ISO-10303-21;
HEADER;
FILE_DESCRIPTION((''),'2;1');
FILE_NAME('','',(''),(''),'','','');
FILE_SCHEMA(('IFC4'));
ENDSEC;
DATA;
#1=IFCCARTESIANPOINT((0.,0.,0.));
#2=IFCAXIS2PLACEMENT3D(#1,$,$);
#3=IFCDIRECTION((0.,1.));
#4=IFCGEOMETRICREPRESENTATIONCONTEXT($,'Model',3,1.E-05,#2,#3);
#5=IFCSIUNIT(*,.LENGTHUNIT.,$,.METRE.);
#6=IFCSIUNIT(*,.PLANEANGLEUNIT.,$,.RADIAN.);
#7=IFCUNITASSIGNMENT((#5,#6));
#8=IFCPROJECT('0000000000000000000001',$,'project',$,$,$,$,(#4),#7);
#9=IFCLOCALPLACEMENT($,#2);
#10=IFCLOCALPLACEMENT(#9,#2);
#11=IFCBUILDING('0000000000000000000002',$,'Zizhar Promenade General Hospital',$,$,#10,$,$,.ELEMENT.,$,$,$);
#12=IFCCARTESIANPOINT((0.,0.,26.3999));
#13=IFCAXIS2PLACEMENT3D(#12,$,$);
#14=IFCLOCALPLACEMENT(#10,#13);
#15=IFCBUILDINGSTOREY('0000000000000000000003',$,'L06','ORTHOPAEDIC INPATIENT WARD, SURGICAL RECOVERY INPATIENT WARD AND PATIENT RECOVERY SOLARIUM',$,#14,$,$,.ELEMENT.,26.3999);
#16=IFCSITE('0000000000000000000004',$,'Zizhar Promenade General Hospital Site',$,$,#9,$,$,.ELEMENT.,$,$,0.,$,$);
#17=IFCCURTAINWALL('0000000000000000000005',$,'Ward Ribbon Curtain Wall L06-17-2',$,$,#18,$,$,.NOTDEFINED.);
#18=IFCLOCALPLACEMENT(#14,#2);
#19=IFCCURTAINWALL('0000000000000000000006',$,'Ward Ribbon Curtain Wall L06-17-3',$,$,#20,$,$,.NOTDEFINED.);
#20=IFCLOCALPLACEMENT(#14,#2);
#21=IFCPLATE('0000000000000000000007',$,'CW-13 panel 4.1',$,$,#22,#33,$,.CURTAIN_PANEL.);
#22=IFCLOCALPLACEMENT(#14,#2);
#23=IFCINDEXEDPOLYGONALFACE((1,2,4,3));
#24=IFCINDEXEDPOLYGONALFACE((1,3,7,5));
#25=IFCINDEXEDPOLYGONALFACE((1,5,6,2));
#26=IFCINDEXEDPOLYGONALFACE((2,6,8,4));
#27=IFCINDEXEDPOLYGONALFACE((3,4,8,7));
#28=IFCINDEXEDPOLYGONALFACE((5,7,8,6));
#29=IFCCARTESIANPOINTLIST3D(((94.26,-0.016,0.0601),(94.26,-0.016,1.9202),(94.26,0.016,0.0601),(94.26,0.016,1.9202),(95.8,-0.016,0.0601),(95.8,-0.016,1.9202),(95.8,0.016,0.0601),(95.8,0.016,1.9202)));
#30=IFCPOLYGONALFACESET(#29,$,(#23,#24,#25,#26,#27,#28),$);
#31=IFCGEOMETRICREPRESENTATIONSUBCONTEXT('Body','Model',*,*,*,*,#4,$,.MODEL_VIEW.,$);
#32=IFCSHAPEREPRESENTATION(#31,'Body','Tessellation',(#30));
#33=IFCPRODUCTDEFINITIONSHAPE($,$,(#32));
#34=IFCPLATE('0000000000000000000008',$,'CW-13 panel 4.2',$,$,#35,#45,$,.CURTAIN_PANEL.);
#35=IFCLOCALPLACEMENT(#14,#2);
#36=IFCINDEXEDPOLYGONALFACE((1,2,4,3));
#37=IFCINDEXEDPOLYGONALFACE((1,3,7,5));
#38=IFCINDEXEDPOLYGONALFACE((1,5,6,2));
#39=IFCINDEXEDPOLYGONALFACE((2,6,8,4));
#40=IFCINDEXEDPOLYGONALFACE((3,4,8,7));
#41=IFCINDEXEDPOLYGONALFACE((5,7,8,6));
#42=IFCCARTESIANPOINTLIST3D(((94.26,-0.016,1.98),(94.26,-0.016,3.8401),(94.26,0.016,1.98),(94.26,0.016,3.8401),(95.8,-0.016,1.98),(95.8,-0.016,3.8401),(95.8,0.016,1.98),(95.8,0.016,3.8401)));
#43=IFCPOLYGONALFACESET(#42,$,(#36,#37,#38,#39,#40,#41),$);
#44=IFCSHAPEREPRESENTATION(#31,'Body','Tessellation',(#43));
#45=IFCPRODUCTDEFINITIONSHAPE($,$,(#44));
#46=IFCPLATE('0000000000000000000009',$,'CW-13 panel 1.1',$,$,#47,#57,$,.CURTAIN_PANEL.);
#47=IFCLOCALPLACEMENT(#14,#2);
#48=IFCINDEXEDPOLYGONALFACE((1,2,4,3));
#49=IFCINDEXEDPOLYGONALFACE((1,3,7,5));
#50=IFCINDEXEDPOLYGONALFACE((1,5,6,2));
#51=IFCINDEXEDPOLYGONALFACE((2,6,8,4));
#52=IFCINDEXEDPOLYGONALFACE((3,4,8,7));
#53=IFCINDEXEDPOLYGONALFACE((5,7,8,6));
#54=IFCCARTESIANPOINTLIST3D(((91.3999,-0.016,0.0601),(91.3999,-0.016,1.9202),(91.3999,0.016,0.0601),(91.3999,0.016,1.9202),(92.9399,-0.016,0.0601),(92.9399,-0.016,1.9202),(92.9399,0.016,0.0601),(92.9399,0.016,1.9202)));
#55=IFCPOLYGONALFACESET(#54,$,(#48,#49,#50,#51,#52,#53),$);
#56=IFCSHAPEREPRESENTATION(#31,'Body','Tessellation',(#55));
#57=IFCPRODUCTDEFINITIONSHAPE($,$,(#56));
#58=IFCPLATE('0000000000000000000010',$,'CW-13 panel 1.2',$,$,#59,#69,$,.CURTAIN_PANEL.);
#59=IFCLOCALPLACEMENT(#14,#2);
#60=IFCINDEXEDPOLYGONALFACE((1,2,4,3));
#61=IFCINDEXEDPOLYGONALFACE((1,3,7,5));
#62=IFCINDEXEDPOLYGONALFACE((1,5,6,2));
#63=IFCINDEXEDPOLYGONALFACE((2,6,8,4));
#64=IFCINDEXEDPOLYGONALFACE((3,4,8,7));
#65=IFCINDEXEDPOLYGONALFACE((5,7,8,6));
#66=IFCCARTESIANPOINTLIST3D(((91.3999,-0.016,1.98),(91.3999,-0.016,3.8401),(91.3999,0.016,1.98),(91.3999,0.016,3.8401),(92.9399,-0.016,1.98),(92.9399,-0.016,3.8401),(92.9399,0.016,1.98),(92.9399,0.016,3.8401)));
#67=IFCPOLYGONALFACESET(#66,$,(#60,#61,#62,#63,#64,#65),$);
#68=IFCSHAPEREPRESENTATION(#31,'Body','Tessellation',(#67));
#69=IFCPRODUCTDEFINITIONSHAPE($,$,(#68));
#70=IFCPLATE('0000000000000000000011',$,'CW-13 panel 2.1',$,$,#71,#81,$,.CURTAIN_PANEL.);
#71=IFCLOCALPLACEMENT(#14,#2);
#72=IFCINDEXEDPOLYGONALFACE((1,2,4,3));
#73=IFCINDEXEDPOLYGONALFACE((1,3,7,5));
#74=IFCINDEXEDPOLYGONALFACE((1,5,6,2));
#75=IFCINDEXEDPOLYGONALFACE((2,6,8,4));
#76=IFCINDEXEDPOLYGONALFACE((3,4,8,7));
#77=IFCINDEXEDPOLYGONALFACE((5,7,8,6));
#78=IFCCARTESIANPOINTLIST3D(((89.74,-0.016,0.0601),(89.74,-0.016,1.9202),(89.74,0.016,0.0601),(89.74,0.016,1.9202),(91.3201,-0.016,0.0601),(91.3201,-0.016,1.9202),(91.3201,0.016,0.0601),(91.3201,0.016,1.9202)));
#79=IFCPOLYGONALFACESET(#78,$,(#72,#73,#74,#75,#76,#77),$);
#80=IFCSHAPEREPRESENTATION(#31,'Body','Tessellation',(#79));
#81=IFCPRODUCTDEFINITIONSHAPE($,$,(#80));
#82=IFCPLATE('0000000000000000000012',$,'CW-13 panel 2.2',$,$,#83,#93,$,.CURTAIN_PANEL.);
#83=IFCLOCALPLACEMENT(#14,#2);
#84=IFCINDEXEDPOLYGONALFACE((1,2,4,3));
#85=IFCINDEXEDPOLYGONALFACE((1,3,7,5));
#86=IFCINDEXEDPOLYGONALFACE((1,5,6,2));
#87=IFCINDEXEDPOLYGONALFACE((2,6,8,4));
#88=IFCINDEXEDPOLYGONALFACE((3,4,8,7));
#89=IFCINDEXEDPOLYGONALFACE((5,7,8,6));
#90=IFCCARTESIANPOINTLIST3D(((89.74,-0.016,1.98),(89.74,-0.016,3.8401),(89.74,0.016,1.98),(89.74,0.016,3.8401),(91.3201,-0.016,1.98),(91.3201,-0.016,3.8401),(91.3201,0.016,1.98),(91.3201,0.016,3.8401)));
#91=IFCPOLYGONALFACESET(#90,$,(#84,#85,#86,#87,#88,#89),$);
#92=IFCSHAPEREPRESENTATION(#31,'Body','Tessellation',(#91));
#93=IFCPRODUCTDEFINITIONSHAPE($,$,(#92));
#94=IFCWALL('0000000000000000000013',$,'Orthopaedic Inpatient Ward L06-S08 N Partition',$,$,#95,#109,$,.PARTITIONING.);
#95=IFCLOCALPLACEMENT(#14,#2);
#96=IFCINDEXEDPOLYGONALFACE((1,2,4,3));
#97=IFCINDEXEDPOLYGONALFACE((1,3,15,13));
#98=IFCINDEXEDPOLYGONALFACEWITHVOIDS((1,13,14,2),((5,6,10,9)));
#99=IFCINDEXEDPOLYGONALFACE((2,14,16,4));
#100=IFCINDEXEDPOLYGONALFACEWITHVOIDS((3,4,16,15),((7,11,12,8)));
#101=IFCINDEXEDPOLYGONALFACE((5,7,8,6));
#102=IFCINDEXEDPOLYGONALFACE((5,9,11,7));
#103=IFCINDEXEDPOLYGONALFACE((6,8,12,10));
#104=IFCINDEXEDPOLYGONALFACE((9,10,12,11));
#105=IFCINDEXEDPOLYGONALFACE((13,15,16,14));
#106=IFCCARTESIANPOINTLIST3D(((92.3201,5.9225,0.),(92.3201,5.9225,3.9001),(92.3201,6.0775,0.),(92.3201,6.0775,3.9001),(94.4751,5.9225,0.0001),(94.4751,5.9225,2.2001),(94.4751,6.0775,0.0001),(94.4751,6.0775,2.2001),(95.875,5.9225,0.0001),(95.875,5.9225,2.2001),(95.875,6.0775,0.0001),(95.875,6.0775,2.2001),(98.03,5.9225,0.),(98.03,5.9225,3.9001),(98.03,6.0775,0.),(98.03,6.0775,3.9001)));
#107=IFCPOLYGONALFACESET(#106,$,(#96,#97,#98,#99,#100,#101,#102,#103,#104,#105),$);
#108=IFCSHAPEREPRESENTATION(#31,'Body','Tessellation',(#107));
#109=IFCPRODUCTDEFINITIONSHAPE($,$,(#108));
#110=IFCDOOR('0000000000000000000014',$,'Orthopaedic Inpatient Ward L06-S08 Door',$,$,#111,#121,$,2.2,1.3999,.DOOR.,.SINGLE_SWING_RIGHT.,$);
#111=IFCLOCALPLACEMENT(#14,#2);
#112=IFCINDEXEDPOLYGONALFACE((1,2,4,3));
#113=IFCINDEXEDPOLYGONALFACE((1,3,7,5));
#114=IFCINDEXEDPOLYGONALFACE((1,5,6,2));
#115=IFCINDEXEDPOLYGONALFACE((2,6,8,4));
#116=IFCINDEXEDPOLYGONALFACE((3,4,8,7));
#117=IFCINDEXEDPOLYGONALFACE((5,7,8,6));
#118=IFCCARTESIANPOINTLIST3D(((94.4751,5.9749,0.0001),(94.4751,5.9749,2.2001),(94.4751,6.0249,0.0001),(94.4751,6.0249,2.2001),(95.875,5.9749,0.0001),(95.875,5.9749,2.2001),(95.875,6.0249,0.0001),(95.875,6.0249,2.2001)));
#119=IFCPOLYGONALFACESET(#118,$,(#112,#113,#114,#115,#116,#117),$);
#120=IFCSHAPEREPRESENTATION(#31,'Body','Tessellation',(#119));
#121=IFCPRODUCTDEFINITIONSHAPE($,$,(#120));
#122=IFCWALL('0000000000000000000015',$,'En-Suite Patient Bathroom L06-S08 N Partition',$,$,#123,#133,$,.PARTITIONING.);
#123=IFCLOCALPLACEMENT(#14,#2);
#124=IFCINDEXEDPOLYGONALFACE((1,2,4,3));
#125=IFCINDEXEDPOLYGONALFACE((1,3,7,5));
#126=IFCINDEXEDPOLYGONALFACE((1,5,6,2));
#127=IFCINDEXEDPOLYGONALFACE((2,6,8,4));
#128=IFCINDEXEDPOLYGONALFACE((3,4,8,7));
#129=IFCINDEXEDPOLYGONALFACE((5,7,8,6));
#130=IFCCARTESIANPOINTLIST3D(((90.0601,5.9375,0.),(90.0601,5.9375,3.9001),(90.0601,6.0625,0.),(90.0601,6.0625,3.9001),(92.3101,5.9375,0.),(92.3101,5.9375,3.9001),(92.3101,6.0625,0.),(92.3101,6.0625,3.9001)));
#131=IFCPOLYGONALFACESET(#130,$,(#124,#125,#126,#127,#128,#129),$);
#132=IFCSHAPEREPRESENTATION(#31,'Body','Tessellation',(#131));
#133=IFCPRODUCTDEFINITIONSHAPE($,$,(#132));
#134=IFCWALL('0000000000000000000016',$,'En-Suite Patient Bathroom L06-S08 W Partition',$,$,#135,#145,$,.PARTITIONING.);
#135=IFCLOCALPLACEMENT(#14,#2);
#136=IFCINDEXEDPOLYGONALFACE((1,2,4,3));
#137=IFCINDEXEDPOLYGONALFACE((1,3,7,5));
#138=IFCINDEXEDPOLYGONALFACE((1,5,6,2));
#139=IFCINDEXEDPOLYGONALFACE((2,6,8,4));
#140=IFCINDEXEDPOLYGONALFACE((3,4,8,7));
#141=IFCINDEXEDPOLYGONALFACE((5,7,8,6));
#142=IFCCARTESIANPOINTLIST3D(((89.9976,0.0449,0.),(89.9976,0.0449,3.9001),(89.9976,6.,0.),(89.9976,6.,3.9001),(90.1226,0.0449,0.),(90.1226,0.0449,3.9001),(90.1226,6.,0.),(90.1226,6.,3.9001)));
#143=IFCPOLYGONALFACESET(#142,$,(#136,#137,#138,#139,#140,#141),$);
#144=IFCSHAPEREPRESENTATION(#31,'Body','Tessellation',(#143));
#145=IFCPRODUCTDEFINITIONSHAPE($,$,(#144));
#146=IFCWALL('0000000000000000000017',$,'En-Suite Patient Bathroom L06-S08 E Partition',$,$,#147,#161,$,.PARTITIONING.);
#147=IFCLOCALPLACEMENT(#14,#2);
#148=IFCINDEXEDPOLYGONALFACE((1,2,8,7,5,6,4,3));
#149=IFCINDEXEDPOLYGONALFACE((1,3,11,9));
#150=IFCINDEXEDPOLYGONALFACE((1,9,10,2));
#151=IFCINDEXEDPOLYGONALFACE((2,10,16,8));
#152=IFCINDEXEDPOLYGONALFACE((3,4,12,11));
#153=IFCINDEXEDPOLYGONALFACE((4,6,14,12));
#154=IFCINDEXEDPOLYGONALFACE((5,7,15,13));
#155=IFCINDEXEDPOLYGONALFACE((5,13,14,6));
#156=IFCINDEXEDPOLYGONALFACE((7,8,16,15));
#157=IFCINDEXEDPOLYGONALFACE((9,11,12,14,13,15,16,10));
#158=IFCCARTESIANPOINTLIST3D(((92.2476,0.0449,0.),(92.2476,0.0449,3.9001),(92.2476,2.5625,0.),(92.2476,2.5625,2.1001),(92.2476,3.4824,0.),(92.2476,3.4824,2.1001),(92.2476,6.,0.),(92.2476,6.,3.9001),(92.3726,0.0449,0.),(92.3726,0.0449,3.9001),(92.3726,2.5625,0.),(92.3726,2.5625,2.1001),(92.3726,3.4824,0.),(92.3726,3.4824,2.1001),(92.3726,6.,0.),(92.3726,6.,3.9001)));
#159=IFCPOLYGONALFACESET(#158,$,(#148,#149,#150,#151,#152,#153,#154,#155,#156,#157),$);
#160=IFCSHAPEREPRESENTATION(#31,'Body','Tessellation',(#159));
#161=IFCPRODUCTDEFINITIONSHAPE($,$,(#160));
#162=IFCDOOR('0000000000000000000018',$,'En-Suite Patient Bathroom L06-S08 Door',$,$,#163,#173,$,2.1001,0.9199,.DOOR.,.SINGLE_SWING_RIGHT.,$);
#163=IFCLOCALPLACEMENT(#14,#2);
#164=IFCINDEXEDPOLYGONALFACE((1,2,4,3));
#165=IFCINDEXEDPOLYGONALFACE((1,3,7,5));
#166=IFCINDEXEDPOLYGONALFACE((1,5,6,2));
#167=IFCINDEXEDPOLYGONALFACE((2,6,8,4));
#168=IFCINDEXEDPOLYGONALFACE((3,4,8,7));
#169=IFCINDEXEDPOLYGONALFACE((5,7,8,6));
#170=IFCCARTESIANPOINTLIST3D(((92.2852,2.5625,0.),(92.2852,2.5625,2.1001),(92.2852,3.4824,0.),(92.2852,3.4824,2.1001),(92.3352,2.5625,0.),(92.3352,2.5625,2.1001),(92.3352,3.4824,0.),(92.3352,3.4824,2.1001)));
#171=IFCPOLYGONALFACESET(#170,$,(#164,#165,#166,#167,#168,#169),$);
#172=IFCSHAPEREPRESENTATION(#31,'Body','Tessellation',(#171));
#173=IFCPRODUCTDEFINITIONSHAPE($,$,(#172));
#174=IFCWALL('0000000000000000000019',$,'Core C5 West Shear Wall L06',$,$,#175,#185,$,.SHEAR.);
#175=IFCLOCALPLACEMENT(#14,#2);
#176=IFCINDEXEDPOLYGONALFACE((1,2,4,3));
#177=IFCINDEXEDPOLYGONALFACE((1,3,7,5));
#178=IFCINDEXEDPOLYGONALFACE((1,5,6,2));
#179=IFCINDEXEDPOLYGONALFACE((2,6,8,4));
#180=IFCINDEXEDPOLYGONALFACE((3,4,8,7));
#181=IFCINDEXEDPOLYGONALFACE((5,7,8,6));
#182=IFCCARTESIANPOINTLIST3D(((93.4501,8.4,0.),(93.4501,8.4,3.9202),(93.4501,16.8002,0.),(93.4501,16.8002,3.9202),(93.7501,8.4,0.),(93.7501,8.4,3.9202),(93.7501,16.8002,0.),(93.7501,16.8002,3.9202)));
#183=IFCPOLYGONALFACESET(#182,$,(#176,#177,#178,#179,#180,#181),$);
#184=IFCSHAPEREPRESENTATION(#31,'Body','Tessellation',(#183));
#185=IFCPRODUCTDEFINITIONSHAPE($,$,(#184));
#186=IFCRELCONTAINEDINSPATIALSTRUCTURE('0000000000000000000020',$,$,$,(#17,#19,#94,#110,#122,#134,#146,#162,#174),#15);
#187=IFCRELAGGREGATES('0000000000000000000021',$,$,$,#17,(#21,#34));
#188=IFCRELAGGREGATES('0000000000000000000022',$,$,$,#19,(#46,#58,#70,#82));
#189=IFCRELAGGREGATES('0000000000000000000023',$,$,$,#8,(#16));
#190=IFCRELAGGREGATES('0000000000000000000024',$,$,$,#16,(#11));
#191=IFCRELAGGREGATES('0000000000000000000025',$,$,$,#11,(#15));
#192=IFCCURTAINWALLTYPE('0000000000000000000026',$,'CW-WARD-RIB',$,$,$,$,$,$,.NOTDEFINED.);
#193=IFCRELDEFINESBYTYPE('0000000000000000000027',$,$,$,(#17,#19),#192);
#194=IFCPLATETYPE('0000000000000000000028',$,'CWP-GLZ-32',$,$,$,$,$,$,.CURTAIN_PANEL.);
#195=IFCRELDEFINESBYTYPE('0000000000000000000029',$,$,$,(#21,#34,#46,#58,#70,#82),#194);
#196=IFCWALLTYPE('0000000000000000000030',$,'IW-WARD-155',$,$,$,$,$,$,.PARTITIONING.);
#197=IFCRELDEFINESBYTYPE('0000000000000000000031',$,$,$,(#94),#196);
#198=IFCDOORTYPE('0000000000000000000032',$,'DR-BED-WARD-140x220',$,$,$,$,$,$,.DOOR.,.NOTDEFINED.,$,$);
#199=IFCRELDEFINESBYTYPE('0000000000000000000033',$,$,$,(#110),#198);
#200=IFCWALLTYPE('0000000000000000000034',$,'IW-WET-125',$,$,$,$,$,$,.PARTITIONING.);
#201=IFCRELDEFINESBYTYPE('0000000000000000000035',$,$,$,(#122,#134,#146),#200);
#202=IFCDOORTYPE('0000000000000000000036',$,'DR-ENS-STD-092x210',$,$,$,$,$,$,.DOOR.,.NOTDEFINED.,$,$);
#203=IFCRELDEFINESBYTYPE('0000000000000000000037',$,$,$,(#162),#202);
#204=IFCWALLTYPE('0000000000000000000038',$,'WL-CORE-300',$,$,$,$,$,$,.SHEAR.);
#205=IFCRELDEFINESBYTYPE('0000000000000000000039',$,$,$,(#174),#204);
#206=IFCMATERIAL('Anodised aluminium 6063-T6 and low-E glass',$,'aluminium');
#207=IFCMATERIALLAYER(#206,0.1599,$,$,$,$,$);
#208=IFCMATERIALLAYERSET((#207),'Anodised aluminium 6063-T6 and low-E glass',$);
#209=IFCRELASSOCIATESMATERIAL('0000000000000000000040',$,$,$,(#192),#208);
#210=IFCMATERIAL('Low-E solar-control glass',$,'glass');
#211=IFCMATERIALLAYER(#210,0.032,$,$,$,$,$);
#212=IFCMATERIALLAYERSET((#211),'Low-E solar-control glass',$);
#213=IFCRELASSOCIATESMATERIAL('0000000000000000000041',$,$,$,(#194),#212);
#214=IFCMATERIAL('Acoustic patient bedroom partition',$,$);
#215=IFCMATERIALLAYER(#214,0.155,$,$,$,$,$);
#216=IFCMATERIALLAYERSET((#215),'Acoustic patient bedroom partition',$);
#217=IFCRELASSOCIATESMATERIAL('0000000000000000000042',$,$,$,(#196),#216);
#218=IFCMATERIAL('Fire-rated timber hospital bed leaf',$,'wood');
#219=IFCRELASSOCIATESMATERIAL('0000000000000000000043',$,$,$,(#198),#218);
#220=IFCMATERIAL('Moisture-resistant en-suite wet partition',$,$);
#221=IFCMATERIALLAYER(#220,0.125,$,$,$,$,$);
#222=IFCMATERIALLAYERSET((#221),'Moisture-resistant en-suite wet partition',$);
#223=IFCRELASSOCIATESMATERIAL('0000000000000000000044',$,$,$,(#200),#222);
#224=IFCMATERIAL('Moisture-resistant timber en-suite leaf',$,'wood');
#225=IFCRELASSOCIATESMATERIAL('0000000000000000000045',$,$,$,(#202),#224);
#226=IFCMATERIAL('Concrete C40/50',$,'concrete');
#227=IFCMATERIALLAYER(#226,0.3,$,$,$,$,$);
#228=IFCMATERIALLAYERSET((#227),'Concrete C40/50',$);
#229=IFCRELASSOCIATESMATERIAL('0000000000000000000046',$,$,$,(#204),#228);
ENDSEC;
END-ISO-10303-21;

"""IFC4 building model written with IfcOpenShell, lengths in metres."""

from ifc_helpers import new_model, si_unit, direction, frame, frame_2d, origin, origin_2d, place, context, subcontext, project, spatial, rectangle, extrude, material, layer, layer_set, type_object, element, fill, aggregate, save


model = new_model("IFC4")

# Units and contexts
model_context = context("Model", 3, precision=1e-05, world=origin(), true_north=direction((0.0, 1.0)))
body_context = subcontext(model_context, "Body", "Model", "MODEL_VIEW")
ifc_project = project(units=[si_unit("LENGTHUNIT", "METRE"), si_unit("PLANEANGLEUNIT", "RADIAN")], contexts=[model_context])

# Site, building, storey
site_placement = place(None, origin())
site = spatial("IfcSite", under=ifc_project, at=site_placement, Name="Zizhar Promenade General Hospital Site", CompositionType="ELEMENT", RefElevation=0.0)
building_placement = place(site_placement, origin())
building = spatial("IfcBuilding", under=site, at=building_placement, Name="Zizhar Promenade General Hospital", CompositionType="ELEMENT")
storey_placement = place(building_placement, frame((0.0, 0.0, 26.3999)))
storey = spatial("IfcBuildingStorey", under=building, at=storey_placement, Name="L06", Description="ORTHOPAEDIC INPATIENT WARD, SURGICAL RECOVERY INPATIENT WARD AND PATIENT RECOVERY SOLARIUM", CompositionType="ELEMENT", Elevation=26.3999)

# Curtain walls
ifc_material_1 = material(Name="Anodised aluminium 6063-T6 and low-E glass", Category="aluminium")
ifc_layer_1 = layer(ifc_material_1, 0.1599)
ifc_layer_set_1 = layer_set([ifc_layer_1], Name="Anodised aluminium 6063-T6 and low-E glass")
curtain_wall_type = type_object("IfcCurtainWallType", Name="CW-WARD-RIB", PredefinedType="NOTDEFINED", material=ifc_layer_set_1)
curtain_wall_1_placement = place(storey_placement, origin())
curtain_wall_1 = element("IfcCurtainWall", 1, at=curtain_wall_1_placement, inside=storey, type_object=curtain_wall_type, Name="Ward Ribbon Curtain Wall L06-17-2", PredefinedType="NOTDEFINED")
curtain_wall_2_placement = place(storey_placement, origin())
curtain_wall_2 = element("IfcCurtainWall", 2, at=curtain_wall_2_placement, inside=storey, type_object=curtain_wall_type, Name="Ward Ribbon Curtain Wall L06-17-3", PredefinedType="NOTDEFINED")

# Plates
ifc_material_2 = material(Name="Low-E solar-control glass", Category="glass")
ifc_layer_2 = layer(ifc_material_2, 0.032)
ifc_layer_set_2 = layer_set([ifc_layer_2], Name="Low-E solar-control glass")
plate_type = type_object("IfcPlateType", Name="CWP-GLZ-32", PredefinedType="CURTAIN_PANEL", material=ifc_layer_set_2)
plate_1_placement = place(storey_placement, frame((95.03, 0.0, 0.0601), z_axis=(0.0, 0.0, 1.0), x_axis=(-1.0, 0.0, 0.0)))
plate_1 = element("IfcPlate", 3, at=plate_1_placement, type_object=plate_type, Name="CW-13 panel 4.1", PredefinedType="CURTAIN_PANEL", context=body_context, shape_type="SweptSolid", body=[
    extrude(rectangle(XDim=1.54, YDim=0.032, at=origin_2d()), origin(), (0.0, 0.0, 1.0), 1.8601),
])
plate_2_placement = place(storey_placement, frame((95.03, 0.0, 1.98), z_axis=(0.0, 0.0, 1.0), x_axis=(-1.0, 0.0, 0.0)))
plate_2 = element("IfcPlate", 4, at=plate_2_placement, type_object=plate_type, Name="CW-13 panel 4.2", PredefinedType="CURTAIN_PANEL", context=body_context, shape_type="SweptSolid", body=[
    extrude(rectangle(XDim=1.54, YDim=0.032, at=origin_2d()), origin(), (0.0, 0.0, 1.0), 1.8601),
])
aggregate(curtain_wall_1, [plate_1, plate_2])
plate_3_placement = place(storey_placement, frame((92.1699, 0.0, 0.0601), z_axis=(0.0, 0.0, 1.0), x_axis=(-1.0, 0.0, 0.0)))
plate_3 = element("IfcPlate", 5, at=plate_3_placement, type_object=plate_type, Name="CW-13 panel 1.1", PredefinedType="CURTAIN_PANEL", context=body_context, shape_type="SweptSolid", body=[
    extrude(rectangle(XDim=1.54, YDim=0.032, at=origin_2d()), origin(), (0.0, 0.0, 1.0), 1.8601),
])
plate_4_placement = place(storey_placement, frame((92.1699, 0.0, 1.98), z_axis=(0.0, 0.0, 1.0), x_axis=(-1.0, 0.0, 0.0)))
plate_4 = element("IfcPlate", 6, at=plate_4_placement, type_object=plate_type, Name="CW-13 panel 1.2", PredefinedType="CURTAIN_PANEL", context=body_context, shape_type="SweptSolid", body=[
    extrude(rectangle(XDim=1.54, YDim=0.032, at=origin_2d()), origin(), (0.0, 0.0, 1.0), 1.8601),
])
plate_5_placement = place(storey_placement, frame((90.53, 0.0, 0.0601), z_axis=(0.0, 0.0, 1.0), x_axis=(-1.0, 0.0, 0.0)))
plate_5 = element("IfcPlate", 7, at=plate_5_placement, type_object=plate_type, Name="CW-13 panel 2.1", PredefinedType="CURTAIN_PANEL", context=body_context, shape_type="SweptSolid", body=[
    extrude(rectangle(XDim=1.5801, YDim=0.032, at=origin_2d()), origin(), (0.0, 0.0, 1.0), 1.8601),
])
plate_6_placement = place(storey_placement, frame((90.53, 0.0, 1.98), z_axis=(0.0, 0.0, 1.0), x_axis=(-1.0, 0.0, 0.0)))
plate_6 = element("IfcPlate", 8, at=plate_6_placement, type_object=plate_type, Name="CW-13 panel 2.2", PredefinedType="CURTAIN_PANEL", context=body_context, shape_type="SweptSolid", body=[
    extrude(rectangle(XDim=1.5801, YDim=0.032, at=origin_2d()), origin(), (0.0, 0.0, 1.0), 1.8601),
])
aggregate(curtain_wall_2, [plate_3, plate_4, plate_5, plate_6])

# Wall, opening, door
ifc_material_3 = material(Name="Acoustic patient bedroom partition")
ifc_layer_3 = layer(ifc_material_3, 0.155)
ifc_layer_set_3 = layer_set([ifc_layer_3], Name="Acoustic patient bedroom partition")
wall_type_1 = type_object("IfcWallType", Name="IW-WARD-155", PredefinedType="PARTITIONING", material=ifc_layer_set_3)
wall_1_placement = place(storey_placement, frame((92.3201, 6.0, 0.0), z_axis=(0.0, 0.0, 1.0), x_axis=(1.0, 0.0, 0.0)))
wall_1 = element("IfcWall", 9, at=wall_1_placement, inside=storey, type_object=wall_type_1, Name="Orthopaedic Inpatient Ward L06-S08 N Partition", PredefinedType="PARTITIONING", context=body_context, shape_type="SweptSolid", body=[
    extrude(rectangle(XDim=5.71, YDim=0.155, at=frame_2d((2.855, 0.0))), origin(), (0.0, 0.0, 1.0), 3.9001),
])
opening_1_placement = place(wall_1_placement, frame((2.155, 0.0, 0.0)))
opening_1 = element("IfcOpeningElement", 10, at=opening_1_placement, cuts=wall_1, PredefinedType="OPENING", context=body_context, shape_type="SweptSolid", body=[
    extrude(rectangle(XDim=1.3999, YDim=2.2, at=frame_2d((0.7, 1.1001))), frame((0.0, 0.0874, 0.0), z_axis=(0.0, -1.0, 0.0), x_axis=(1.0, 0.0, 0.0)), (0.0, 0.0, 1.0), 0.175),
])
ifc_material_4 = material(Name="Fire-rated timber hospital bed leaf", Category="wood")
door_type_1 = type_object("IfcDoorType", Name="DR-BED-WARD-140x220", OperationType="NOTDEFINED", PredefinedType="DOOR", material=ifc_material_4)
door_1_placement = place(opening_1_placement, origin())
door_1 = element("IfcDoor", 11, at=door_1_placement, inside=storey, type_object=door_type_1, Name="Orthopaedic Inpatient Ward L06-S08 Door", OperationType="SINGLE_SWING_RIGHT", OverallHeight=2.2, OverallWidth=1.3999, PredefinedType="DOOR", context=body_context, shape_type="SweptSolid", body=[
    extrude(rectangle(XDim=1.3999, YDim=2.2, at=frame_2d((0.7, 1.1001))), frame((0.0, 0.0249, 0.0), z_axis=(0.0, -1.0, 0.0), x_axis=(1.0, 0.0, 0.0)), (0.0, 0.0, 1.0), 0.05),
])
fill(opening_1, door_1)

# Walls
ifc_material_5 = material(Name="Moisture-resistant en-suite wet partition")
ifc_layer_4 = layer(ifc_material_5, 0.125)
ifc_layer_set_4 = layer_set([ifc_layer_4], Name="Moisture-resistant en-suite wet partition")
wall_type_2 = type_object("IfcWallType", Name="IW-WET-125", PredefinedType="PARTITIONING", material=ifc_layer_set_4)
wall_2_placement = place(storey_placement, frame((90.0601, 6.0, 0.0), z_axis=(0.0, 0.0, 1.0), x_axis=(1.0, 0.0, 0.0)))
element("IfcWall", 12, at=wall_2_placement, inside=storey, type_object=wall_type_2, Name="En-Suite Patient Bathroom L06-S08 N Partition", PredefinedType="PARTITIONING", context=body_context, shape_type="SweptSolid", body=[
    extrude(rectangle(XDim=2.25, YDim=0.125, at=frame_2d((1.125, 0.0))), origin(), (0.0, 0.0, 1.0), 3.9001),
])
wall_3_placement = place(storey_placement, frame((90.0601, 0.0449, 0.0), z_axis=(0.0, 0.0, 1.0), x_axis=(0.0, 1.0, 0.0)))
element("IfcWall", 13, at=wall_3_placement, inside=storey, type_object=wall_type_2, Name="En-Suite Patient Bathroom L06-S08 W Partition", PredefinedType="PARTITIONING", context=body_context, shape_type="SweptSolid", body=[
    extrude(rectangle(XDim=5.9551, YDim=0.125, at=frame_2d((2.9775, 0.0))), origin(), (0.0, 0.0, 1.0), 3.9001),
])

# Wall, opening, door
wall_4_placement = place(storey_placement, frame((92.3101, 0.0449, 0.0), z_axis=(0.0, 0.0, 1.0), x_axis=(0.0, 1.0, 0.0)))
wall_4 = element("IfcWall", 14, at=wall_4_placement, inside=storey, type_object=wall_type_2, Name="En-Suite Patient Bathroom L06-S08 E Partition", PredefinedType="PARTITIONING", context=body_context, shape_type="SweptSolid", body=[
    extrude(rectangle(XDim=5.9551, YDim=0.125, at=frame_2d((2.9775, 0.0))), origin(), (0.0, 0.0, 1.0), 3.9001),
])
opening_2_placement = place(wall_4_placement, frame((2.5176, 0.0, 0.0)))
opening_2 = element("IfcOpeningElement", 15, at=opening_2_placement, cuts=wall_4, PredefinedType="OPENING", context=body_context, shape_type="SweptSolid", body=[
    extrude(rectangle(XDim=0.9199, YDim=2.1001, at=frame_2d((0.46, 1.05))), frame((0.0, 0.0725, 0.0), z_axis=(0.0, -1.0, 0.0), x_axis=(1.0, 0.0, 0.0)), (0.0, 0.0, 1.0), 0.145),
])
ifc_material_6 = material(Name="Moisture-resistant timber en-suite leaf", Category="wood")
door_type_2 = type_object("IfcDoorType", Name="DR-ENS-STD-092x210", OperationType="NOTDEFINED", PredefinedType="DOOR", material=ifc_material_6)
door_2_placement = place(opening_2_placement, origin())
door_2 = element("IfcDoor", 16, at=door_2_placement, inside=storey, type_object=door_type_2, Name="En-Suite Patient Bathroom L06-S08 Door", OperationType="SINGLE_SWING_RIGHT", OverallHeight=2.1001, OverallWidth=0.9199, PredefinedType="DOOR", context=body_context, shape_type="SweptSolid", body=[
    extrude(rectangle(XDim=0.9199, YDim=2.1001, at=frame_2d((0.46, 1.05))), frame((0.0, 0.0249, 0.0), z_axis=(0.0, -1.0, 0.0), x_axis=(1.0, 0.0, 0.0)), (0.0, 0.0, 1.0), 0.05),
])
fill(opening_2, door_2)

# Wall
ifc_material_7 = material(Name="Concrete C40/50", Category="concrete")
ifc_layer_5 = layer(ifc_material_7, 0.3)
ifc_layer_set_5 = layer_set([ifc_layer_5], Name="Concrete C40/50")
wall_type_3 = type_object("IfcWallType", Name="WL-CORE-300", PredefinedType="SHEAR", material=ifc_layer_set_5)
wall_5_placement = place(storey_placement, frame((93.6001, 8.3999, 0.0), z_axis=(0.0, 0.0, 1.0), x_axis=(0.0, 1.0, 0.0)))
element("IfcWall", 17, at=wall_5_placement, inside=storey, type_object=wall_type_3, Name="Core C5 West Shear Wall L06", PredefinedType="SHEAR", context=body_context, shape_type="SweptSolid", body=[
    extrude(rectangle(XDim=8.4001, YDim=0.3, at=frame_2d((4.2002, 0.0))), origin(), (0.0, 0.0, 1.0), 3.9202),
])

save(model, "model.ifc")
